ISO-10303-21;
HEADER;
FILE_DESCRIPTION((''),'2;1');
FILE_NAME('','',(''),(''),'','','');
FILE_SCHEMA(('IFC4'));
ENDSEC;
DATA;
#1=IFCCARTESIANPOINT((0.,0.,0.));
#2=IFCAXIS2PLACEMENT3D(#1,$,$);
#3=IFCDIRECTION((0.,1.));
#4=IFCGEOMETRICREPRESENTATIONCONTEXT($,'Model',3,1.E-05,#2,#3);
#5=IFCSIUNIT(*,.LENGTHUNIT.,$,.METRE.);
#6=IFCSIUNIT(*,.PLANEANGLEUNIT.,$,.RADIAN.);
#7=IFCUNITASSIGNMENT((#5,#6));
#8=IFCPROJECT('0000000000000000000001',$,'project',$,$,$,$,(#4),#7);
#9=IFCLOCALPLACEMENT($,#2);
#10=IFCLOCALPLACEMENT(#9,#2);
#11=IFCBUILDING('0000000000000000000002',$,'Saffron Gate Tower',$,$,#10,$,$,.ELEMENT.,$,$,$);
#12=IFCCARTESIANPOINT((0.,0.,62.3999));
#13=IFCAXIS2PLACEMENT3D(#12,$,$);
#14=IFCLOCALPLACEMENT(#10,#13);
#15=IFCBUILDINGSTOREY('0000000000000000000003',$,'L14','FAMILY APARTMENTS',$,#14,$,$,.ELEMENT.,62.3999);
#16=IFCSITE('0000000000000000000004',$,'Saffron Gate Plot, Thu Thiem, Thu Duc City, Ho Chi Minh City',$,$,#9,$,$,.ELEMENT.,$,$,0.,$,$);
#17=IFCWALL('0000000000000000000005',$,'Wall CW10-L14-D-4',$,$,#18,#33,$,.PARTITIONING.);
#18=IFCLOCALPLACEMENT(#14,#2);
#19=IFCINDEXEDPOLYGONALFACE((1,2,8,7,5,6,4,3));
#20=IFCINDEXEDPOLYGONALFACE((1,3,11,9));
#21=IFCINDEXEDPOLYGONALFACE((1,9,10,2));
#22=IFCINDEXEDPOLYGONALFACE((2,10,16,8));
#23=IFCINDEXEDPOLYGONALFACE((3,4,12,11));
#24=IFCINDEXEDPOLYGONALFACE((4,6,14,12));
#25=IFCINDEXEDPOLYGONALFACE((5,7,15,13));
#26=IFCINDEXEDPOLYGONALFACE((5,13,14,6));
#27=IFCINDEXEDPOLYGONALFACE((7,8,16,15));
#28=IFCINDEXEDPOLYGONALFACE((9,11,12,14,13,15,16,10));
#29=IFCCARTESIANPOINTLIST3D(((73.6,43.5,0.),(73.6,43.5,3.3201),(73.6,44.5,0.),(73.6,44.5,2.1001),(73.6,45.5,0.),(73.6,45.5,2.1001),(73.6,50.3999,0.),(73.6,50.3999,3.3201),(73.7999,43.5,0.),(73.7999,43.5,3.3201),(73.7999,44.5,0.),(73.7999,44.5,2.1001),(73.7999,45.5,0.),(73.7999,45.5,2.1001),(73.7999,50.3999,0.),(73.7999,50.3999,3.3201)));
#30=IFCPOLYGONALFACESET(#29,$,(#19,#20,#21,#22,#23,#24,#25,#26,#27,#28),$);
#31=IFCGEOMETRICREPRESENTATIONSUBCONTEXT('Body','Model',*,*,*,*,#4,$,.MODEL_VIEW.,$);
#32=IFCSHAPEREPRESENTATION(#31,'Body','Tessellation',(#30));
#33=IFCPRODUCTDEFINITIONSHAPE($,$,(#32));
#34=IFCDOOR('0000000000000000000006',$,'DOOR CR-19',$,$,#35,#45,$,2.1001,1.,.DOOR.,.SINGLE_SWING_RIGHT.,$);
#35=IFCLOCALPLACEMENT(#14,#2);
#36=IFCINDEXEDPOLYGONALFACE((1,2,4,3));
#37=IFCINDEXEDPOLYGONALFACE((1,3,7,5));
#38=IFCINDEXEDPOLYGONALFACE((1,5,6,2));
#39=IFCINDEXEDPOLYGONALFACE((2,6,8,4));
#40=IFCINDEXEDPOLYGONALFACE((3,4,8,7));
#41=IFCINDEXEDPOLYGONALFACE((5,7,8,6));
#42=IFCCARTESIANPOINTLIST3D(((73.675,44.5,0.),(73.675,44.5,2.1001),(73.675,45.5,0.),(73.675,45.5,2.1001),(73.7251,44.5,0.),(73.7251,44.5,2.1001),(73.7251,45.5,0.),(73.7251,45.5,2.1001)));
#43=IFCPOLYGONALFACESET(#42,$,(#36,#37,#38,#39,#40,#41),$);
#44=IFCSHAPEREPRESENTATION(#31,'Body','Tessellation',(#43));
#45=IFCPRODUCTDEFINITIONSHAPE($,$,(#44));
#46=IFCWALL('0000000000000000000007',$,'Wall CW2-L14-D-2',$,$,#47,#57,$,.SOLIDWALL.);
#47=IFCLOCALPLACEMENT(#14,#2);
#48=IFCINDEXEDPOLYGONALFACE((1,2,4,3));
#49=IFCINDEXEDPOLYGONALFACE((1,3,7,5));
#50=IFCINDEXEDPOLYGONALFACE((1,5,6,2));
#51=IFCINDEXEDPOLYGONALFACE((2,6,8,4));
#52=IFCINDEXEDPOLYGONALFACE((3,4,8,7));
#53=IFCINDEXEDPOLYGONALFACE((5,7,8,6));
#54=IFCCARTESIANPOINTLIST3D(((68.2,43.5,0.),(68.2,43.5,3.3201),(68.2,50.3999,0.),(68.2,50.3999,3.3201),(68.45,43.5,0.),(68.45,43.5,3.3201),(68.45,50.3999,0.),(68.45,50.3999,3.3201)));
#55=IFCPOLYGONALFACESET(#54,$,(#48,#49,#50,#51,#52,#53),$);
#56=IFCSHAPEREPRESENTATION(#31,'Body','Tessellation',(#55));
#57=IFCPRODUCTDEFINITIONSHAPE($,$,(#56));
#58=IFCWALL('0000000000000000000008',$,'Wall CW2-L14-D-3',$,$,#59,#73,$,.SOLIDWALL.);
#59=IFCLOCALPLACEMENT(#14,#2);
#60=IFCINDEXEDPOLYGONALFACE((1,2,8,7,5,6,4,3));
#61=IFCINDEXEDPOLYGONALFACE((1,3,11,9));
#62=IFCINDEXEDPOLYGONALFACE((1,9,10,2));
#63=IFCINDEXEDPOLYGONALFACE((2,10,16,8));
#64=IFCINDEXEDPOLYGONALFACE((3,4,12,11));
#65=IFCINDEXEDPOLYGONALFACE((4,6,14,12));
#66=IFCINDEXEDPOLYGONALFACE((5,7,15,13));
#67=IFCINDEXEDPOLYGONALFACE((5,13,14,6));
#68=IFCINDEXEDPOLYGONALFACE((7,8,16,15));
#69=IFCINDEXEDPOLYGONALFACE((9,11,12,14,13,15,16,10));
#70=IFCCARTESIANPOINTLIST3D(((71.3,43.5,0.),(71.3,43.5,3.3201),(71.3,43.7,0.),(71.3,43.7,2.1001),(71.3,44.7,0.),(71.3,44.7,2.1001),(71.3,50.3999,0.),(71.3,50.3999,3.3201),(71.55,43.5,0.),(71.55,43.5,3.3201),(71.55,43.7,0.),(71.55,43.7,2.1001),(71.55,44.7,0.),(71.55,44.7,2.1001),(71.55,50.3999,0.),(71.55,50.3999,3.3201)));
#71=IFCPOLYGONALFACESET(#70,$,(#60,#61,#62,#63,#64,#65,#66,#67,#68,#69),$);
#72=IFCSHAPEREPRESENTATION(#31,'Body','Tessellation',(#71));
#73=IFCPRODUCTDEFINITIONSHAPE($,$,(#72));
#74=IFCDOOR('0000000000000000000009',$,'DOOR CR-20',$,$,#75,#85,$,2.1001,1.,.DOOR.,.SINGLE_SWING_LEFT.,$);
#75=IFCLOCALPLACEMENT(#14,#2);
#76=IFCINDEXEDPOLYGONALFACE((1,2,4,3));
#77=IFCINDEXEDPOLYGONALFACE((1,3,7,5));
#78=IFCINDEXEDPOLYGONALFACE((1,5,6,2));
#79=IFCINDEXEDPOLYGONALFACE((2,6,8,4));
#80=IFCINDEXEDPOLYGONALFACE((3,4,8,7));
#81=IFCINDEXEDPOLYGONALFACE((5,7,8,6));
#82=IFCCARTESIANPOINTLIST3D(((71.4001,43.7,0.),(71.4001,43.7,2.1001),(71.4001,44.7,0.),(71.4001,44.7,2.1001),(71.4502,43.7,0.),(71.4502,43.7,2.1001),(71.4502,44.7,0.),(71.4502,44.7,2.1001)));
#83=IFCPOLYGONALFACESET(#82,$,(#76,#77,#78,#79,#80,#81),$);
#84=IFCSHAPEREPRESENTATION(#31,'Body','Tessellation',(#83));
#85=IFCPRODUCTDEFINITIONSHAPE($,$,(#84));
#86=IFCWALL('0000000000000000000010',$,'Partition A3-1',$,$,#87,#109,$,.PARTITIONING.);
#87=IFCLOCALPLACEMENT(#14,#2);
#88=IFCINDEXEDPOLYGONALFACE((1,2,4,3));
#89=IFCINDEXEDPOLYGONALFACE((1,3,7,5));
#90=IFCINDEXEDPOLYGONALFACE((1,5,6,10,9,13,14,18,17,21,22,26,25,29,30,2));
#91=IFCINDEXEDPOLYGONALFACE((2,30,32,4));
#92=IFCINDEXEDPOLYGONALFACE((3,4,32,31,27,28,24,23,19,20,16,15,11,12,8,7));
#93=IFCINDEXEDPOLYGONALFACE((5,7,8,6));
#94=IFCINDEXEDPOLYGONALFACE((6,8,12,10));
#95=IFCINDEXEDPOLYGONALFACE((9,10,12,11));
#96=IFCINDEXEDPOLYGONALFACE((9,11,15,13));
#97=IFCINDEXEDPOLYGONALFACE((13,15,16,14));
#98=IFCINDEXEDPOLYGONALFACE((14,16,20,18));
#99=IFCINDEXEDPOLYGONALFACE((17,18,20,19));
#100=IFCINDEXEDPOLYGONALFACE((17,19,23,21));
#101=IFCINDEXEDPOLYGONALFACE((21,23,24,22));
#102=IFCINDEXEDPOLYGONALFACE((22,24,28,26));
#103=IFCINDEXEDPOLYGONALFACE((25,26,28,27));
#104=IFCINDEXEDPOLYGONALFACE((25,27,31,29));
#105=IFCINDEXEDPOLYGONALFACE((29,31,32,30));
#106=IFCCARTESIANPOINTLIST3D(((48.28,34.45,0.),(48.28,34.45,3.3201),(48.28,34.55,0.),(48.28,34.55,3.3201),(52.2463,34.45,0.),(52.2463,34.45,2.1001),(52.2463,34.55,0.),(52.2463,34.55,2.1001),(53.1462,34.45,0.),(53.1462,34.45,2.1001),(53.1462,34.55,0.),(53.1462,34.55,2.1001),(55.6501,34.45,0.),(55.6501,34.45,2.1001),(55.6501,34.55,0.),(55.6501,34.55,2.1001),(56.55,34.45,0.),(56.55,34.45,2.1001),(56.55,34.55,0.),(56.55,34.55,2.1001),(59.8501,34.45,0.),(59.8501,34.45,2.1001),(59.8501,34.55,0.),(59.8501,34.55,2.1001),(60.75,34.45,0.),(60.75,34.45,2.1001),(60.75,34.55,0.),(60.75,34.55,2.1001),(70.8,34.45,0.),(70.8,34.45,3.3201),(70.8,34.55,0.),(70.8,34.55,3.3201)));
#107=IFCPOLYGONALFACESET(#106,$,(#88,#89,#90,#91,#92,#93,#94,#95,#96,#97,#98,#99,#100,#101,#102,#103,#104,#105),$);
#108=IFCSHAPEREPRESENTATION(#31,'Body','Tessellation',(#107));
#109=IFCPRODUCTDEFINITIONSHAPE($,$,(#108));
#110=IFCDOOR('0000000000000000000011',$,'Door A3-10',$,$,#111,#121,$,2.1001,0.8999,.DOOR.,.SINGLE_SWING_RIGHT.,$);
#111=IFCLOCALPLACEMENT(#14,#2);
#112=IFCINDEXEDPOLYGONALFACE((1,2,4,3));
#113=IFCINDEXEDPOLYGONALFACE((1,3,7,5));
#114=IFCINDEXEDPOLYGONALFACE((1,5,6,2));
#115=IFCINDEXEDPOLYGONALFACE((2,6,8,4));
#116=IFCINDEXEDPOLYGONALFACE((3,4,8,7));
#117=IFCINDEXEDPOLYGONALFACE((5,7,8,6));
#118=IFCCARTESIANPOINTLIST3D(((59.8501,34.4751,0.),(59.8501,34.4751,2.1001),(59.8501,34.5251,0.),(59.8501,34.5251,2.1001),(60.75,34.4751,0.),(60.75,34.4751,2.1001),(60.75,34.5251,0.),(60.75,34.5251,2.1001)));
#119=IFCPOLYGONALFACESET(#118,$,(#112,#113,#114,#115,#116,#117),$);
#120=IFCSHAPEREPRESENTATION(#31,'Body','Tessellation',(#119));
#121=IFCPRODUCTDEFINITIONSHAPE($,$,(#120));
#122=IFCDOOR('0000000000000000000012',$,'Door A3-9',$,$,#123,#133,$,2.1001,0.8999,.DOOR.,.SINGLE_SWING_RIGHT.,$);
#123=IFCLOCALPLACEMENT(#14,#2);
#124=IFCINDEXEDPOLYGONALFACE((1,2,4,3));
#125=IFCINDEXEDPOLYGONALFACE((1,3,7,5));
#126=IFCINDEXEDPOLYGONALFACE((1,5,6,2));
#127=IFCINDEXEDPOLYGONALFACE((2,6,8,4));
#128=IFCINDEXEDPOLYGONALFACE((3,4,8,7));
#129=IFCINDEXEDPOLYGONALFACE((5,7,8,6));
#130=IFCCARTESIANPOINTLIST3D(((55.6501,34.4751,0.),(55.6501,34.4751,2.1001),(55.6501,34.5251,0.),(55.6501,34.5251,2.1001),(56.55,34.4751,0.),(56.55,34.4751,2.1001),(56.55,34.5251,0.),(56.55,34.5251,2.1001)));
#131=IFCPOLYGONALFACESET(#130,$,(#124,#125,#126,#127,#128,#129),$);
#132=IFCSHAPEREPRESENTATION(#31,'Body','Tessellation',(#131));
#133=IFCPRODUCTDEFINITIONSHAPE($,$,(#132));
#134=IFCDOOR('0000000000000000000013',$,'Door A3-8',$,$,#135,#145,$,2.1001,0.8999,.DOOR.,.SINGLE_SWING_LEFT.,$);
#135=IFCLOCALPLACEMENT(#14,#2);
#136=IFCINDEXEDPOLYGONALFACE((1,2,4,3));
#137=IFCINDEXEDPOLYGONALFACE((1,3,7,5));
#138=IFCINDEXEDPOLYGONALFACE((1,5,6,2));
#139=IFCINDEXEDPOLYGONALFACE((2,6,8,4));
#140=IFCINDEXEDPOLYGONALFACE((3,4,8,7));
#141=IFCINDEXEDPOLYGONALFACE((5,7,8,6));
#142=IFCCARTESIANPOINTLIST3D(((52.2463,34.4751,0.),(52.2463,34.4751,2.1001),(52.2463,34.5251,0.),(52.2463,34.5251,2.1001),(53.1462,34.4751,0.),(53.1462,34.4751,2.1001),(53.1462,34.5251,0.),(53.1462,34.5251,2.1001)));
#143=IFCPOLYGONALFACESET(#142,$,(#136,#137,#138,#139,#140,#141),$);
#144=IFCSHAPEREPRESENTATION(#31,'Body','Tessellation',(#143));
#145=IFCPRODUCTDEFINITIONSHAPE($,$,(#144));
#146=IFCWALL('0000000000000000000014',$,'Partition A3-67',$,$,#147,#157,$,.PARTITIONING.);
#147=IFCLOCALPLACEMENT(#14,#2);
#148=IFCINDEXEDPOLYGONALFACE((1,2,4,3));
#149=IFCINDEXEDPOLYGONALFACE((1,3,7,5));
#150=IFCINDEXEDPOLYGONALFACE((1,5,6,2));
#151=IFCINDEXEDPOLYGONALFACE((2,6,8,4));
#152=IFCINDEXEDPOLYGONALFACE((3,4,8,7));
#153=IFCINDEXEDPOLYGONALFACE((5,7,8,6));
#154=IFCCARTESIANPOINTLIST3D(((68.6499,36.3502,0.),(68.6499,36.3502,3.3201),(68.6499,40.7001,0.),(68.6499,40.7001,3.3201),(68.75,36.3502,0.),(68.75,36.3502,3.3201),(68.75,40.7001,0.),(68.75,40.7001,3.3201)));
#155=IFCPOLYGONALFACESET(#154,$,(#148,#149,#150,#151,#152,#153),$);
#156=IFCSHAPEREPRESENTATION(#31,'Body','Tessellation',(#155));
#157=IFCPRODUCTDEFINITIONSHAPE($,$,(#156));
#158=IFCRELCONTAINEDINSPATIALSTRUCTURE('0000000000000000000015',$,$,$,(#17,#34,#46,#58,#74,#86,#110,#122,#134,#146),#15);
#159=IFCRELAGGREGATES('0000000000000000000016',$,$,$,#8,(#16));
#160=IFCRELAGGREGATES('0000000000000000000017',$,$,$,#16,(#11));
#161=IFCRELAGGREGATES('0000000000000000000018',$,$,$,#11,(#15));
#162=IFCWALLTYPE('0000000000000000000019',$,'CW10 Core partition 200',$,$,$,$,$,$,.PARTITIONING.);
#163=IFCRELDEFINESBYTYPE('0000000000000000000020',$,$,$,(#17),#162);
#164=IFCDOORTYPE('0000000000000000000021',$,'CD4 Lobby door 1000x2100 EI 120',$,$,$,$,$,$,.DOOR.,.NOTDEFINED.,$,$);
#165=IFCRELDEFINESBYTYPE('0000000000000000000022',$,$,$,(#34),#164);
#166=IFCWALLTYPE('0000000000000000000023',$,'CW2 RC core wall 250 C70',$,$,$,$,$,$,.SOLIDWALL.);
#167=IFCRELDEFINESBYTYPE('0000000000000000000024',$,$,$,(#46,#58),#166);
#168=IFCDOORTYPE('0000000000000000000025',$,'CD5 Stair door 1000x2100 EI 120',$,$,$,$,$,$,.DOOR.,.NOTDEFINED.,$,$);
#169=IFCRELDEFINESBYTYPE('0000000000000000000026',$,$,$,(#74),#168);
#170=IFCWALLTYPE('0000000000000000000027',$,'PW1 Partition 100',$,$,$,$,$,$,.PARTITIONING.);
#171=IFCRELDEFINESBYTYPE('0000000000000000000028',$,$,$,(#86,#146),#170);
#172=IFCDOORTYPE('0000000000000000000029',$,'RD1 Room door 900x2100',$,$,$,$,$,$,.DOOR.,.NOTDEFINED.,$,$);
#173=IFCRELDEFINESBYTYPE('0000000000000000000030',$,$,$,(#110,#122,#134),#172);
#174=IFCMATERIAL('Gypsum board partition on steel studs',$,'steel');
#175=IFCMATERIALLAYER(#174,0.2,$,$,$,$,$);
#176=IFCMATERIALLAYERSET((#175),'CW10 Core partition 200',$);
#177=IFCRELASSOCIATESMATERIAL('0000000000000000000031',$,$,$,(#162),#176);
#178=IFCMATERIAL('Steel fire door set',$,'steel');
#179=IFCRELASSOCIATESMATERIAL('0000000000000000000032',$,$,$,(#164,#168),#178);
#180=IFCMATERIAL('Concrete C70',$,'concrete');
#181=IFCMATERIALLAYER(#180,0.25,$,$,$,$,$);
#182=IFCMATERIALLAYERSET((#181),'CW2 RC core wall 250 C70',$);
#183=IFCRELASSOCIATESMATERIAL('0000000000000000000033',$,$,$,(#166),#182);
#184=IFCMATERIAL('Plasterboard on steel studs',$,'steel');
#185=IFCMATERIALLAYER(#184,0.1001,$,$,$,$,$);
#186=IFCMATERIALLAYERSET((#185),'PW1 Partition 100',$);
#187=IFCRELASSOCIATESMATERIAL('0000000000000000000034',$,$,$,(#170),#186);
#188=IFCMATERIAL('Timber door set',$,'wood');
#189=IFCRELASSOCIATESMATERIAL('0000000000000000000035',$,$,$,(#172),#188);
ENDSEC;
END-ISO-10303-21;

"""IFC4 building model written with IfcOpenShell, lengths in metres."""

from ifc_helpers import new_model, si_unit, direction, frame, frame_2d, origin, place, context, subcontext, project, spatial, rectangle, extrude, material, layer, layer_set, type_object, element, fill, save


model = new_model("IFC4")

# Units and contexts
model_context = context("Model", 3, precision=1e-05, world=origin(), true_north=direction((0.0, 1.0)))
body_context = subcontext(model_context, "Body", "Model", "MODEL_VIEW")
ifc_project = project(units=[si_unit("LENGTHUNIT", "METRE"), si_unit("PLANEANGLEUNIT", "RADIAN")], contexts=[model_context])

# Site, building, storey
site_placement = place(None, origin())
site = spatial("IfcSite", under=ifc_project, at=site_placement, Name="Saffron Gate Plot, Thu Thiem, Thu Duc City, Ho Chi Minh City", CompositionType="ELEMENT", RefElevation=0.0)
building_placement = place(site_placement, origin())
building = spatial("IfcBuilding", under=site, at=building_placement, Name="Saffron Gate Tower", CompositionType="ELEMENT")
storey_placement = place(building_placement, frame((0.0, 0.0, 62.3999)))
storey = spatial("IfcBuildingStorey", under=building, at=storey_placement, Name="L14", Description="FAMILY APARTMENTS", CompositionType="ELEMENT", Elevation=62.3999)

# Wall, opening, door
ifc_material_1 = material(Name="Gypsum board partition on steel studs", Category="steel")
ifc_layer_1 = layer(ifc_material_1, 0.2)
ifc_layer_set_1 = layer_set([ifc_layer_1], Name="CW10 Core partition 200")
wall_type_1 = type_object("IfcWallType", Name="CW10 Core partition 200", PredefinedType="PARTITIONING", material=ifc_layer_set_1)
wall_1_placement = place(storey_placement, frame((73.7, 43.5, 0.0), z_axis=(0.0, 0.0, 1.0), x_axis=(0.0, 1.0, 0.0)))
wall_1 = element("IfcWall", 1, at=wall_1_placement, inside=storey, type_object=wall_type_1, Name="Wall CW10-L14-D-4", PredefinedType="PARTITIONING", context=body_context, shape_type="SweptSolid", body=[
    extrude(rectangle(XDim=6.8999, YDim=0.2, at=frame_2d((3.45, 0.0))), origin(), (0.0, 0.0, 1.0), 3.3201),
])
opening_1_placement = place(wall_1_placement, frame((1.0, 0.0, 0.0)))
opening_1 = element("IfcOpeningElement", 2, at=opening_1_placement, cuts=wall_1, PredefinedType="OPENING", context=body_context, shape_type="SweptSolid", body=[
    extrude(rectangle(XDim=1.0, YDim=2.1001, at=frame_2d((0.5, 1.05))), frame((0.0, 0.1099, 0.0), z_axis=(0.0, -1.0, 0.0), x_axis=(1.0, 0.0, 0.0)), (0.0, 0.0, 1.0), 0.22),
])
ifc_material_2 = material(Name="Steel fire door set", Category="steel")
door_type_1 = type_object("IfcDoorType", Name="CD4 Lobby door 1000x2100 EI 120", OperationType="NOTDEFINED", PredefinedType="DOOR", material=ifc_material_2)
door_1_placement = place(opening_1_placement, origin())
door_1 = element("IfcDoor", 3, at=door_1_placement, inside=storey, type_object=door_type_1, Name="DOOR CR-19", OperationType="SINGLE_SWING_RIGHT", OverallHeight=2.1001, OverallWidth=1.0, PredefinedType="DOOR", context=body_context, shape_type="SweptSolid", body=[
    extrude(rectangle(XDim=1.0, YDim=2.1001, at=frame_2d((0.5, 1.05))), frame((0.0, 0.0249, 0.0), z_axis=(0.0, -1.0, 0.0), x_axis=(1.0, 0.0, 0.0)), (0.0, 0.0, 1.0), 0.05),
])
fill(opening_1, door_1)

# Wall
ifc_material_3 = material(Name="Concrete C70", Category="concrete")
ifc_layer_2 = layer(ifc_material_3, 0.25)
ifc_layer_set_2 = layer_set([ifc_layer_2], Name="CW2 RC core wall 250 C70")
wall_type_2 = type_object("IfcWallType", Name="CW2 RC core wall 250 C70", PredefinedType="SOLIDWALL", material=ifc_layer_set_2)
wall_2_placement = place(storey_placement, frame((68.325, 43.5, 0.0), z_axis=(0.0, 0.0, 1.0), x_axis=(0.0, 1.0, 0.0)))
element("IfcWall", 4, at=wall_2_placement, inside=storey, type_object=wall_type_2, Name="Wall CW2-L14-D-2", PredefinedType="SOLIDWALL", context=body_context, shape_type="SweptSolid", body=[
    extrude(rectangle(XDim=6.8999, YDim=0.25, at=frame_2d((3.45, 0.0))), origin(), (0.0, 0.0, 1.0), 3.3201),
])

# Wall, opening, door
wall_3_placement = place(storey_placement, frame((71.425, 43.5, 0.0), z_axis=(0.0, 0.0, 1.0), x_axis=(0.0, 1.0, 0.0)))
wall_3 = element("IfcWall", 5, at=wall_3_placement, inside=storey, type_object=wall_type_2, Name="Wall CW2-L14-D-3", PredefinedType="SOLIDWALL", context=body_context, shape_type="SweptSolid", body=[
    extrude(rectangle(XDim=6.8999, YDim=0.25, at=frame_2d((3.45, 0.0))), origin(), (0.0, 0.0, 1.0), 3.3201),
])
opening_2_placement = place(wall_3_placement, frame((0.2, 0.0, 0.0)))
opening_2 = element("IfcOpeningElement", 6, at=opening_2_placement, cuts=wall_3, PredefinedType="OPENING", context=body_context, shape_type="SweptSolid", body=[
    extrude(rectangle(XDim=1.0, YDim=2.1001, at=frame_2d((0.5, 1.05))), frame((0.0, 0.135, 0.0), z_axis=(0.0, -1.0, 0.0), x_axis=(1.0, 0.0, 0.0)), (0.0, 0.0, 1.0), 0.27),
])
door_type_2 = type_object("IfcDoorType", Name="CD5 Stair door 1000x2100 EI 120", OperationType="NOTDEFINED", PredefinedType="DOOR", material=ifc_material_2)
door_2_placement = place(opening_2_placement, origin())
door_2 = element("IfcDoor", 7, at=door_2_placement, inside=storey, type_object=door_type_2, Name="DOOR CR-20", OperationType="SINGLE_SWING_LEFT", OverallHeight=2.1001, OverallWidth=1.0, PredefinedType="DOOR", context=body_context, shape_type="SweptSolid", body=[
    extrude(rectangle(XDim=1.0, YDim=2.1001, at=frame_2d((0.5, 1.05))), frame((0.0, 0.0249, 0.0), z_axis=(0.0, -1.0, 0.0), x_axis=(1.0, 0.0, 0.0)), (0.0, 0.0, 1.0), 0.05),
])
fill(opening_2, door_2)

# Wall, openings, doors
ifc_material_4 = material(Name="Plasterboard on steel studs", Category="steel")
ifc_layer_3 = layer(ifc_material_4, 0.1001)
ifc_layer_set_3 = layer_set([ifc_layer_3], Name="PW1 Partition 100")
wall_type_3 = type_object("IfcWallType", Name="PW1 Partition 100", PredefinedType="PARTITIONING", material=ifc_layer_set_3)
wall_4_placement = place(storey_placement, frame((70.8, 34.5, 0.0), z_axis=(0.0, 0.0, 1.0), x_axis=(-1.0, 0.0, 0.0)))
wall_4 = element("IfcWall", 8, at=wall_4_placement, inside=storey, type_object=wall_type_3, Name="Partition A3-1", PredefinedType="PARTITIONING", context=body_context, shape_type="SweptSolid", body=[
    extrude(rectangle(XDim=22.52, YDim=0.1001, at=frame_2d((11.26, 0.0))), origin(), (0.0, 0.0, 1.0), 3.3201),
])
opening_3_placement = place(wall_4_placement, frame((10.05, 0.0, 0.0)))
opening_3 = element("IfcOpeningElement", 9, at=opening_3_placement, cuts=wall_4, PredefinedType="OPENING", context=body_context, shape_type="SweptSolid", body=[
    extrude(rectangle(XDim=0.8999, YDim=2.1001, at=frame_2d((0.45, 1.05))), frame((0.0, 0.0601, 0.0), z_axis=(0.0, -1.0, 0.0), x_axis=(1.0, 0.0, 0.0)), (0.0, 0.0, 1.0), 0.1201),
])
opening_4_placement = place(wall_4_placement, frame((14.25, 0.0, 0.0)))
opening_4 = element("IfcOpeningElement", 10, at=opening_4_placement, cuts=wall_4, PredefinedType="OPENING", context=body_context, shape_type="SweptSolid", body=[
    extrude(rectangle(XDim=0.8999, YDim=2.1001, at=frame_2d((0.45, 1.05))), frame((0.0, 0.0601, 0.0), z_axis=(0.0, -1.0, 0.0), x_axis=(1.0, 0.0, 0.0)), (0.0, 0.0, 1.0), 0.1201),
])
opening_5_placement = place(wall_4_placement, frame((17.6538, 0.0, 0.0)))
opening_5 = element("IfcOpeningElement", 11, at=opening_5_placement, cuts=wall_4, PredefinedType="OPENING", context=body_context, shape_type="SweptSolid", body=[
    extrude(rectangle(XDim=0.8999, YDim=2.1001, at=frame_2d((0.45, 1.05))), frame((0.0, 0.0601, 0.0), z_axis=(0.0, -1.0, 0.0), x_axis=(1.0, 0.0, 0.0)), (0.0, 0.0, 1.0), 0.1201),
])
ifc_material_5 = material(Name="Timber door set", Category="wood")
door_type_3 = type_object("IfcDoorType", Name="RD1 Room door 900x2100", OperationType="NOTDEFINED", PredefinedType="DOOR", material=ifc_material_5)
door_3_placement = place(opening_3_placement, origin())
door_3 = element("IfcDoor", 12, at=door_3_placement, inside=storey, type_object=door_type_3, Name="Door A3-10", OperationType="SINGLE_SWING_RIGHT", OverallHeight=2.1001, OverallWidth=0.8999, PredefinedType="DOOR", context=body_context, shape_type="SweptSolid", body=[
    extrude(rectangle(XDim=0.8999, YDim=2.1001, at=frame_2d((0.45, 1.05))), frame((0.0, 0.0249, 0.0), z_axis=(0.0, -1.0, 0.0), x_axis=(1.0, 0.0, 0.0)), (0.0, 0.0, 1.0), 0.05),
])
fill(opening_3, door_3)
door_4_placement = place(opening_4_placement, origin())
door_4 = element("IfcDoor", 13, at=door_4_placement, inside=storey, type_object=door_type_3, Name="Door A3-9", OperationType="SINGLE_SWING_RIGHT", OverallHeight=2.1001, OverallWidth=0.8999, PredefinedType="DOOR", context=body_context, shape_type="SweptSolid", body=[
    extrude(rectangle(XDim=0.8999, YDim=2.1001, at=frame_2d((0.45, 1.05))), frame((0.0, 0.0249, 0.0), z_axis=(0.0, -1.0, 0.0), x_axis=(1.0, 0.0, 0.0)), (0.0, 0.0, 1.0), 0.05),
])
fill(opening_4, door_4)
door_5_placement = place(opening_5_placement, origin())
door_5 = element("IfcDoor", 14, at=door_5_placement, inside=storey, type_object=door_type_3, Name="Door A3-8", OperationType="SINGLE_SWING_LEFT", OverallHeight=2.1001, OverallWidth=0.8999, PredefinedType="DOOR", context=body_context, shape_type="SweptSolid", body=[
    extrude(rectangle(XDim=0.8999, YDim=2.1001, at=frame_2d((0.45, 1.05))), frame((0.0, 0.0249, 0.0), z_axis=(0.0, -1.0, 0.0), x_axis=(1.0, 0.0, 0.0)), (0.0, 0.0, 1.0), 0.05),
])
fill(opening_5, door_5)

# Wall
wall_5_placement = place(storey_placement, frame((68.7, 40.7, 0.0), z_axis=(0.0, 0.0, 1.0), x_axis=(0.0, -1.0, 0.0)))
element("IfcWall", 15, at=wall_5_placement, inside=storey, type_object=wall_type_3, Name="Partition A3-67", PredefinedType="PARTITIONING", context=body_context, shape_type="SweptSolid", body=[
    extrude(rectangle(XDim=4.3499, YDim=0.1001, at=frame_2d((2.1748, 0.0))), origin(), (0.0, 0.0, 1.0), 3.3201),
])

save(model, "model.ifc")
